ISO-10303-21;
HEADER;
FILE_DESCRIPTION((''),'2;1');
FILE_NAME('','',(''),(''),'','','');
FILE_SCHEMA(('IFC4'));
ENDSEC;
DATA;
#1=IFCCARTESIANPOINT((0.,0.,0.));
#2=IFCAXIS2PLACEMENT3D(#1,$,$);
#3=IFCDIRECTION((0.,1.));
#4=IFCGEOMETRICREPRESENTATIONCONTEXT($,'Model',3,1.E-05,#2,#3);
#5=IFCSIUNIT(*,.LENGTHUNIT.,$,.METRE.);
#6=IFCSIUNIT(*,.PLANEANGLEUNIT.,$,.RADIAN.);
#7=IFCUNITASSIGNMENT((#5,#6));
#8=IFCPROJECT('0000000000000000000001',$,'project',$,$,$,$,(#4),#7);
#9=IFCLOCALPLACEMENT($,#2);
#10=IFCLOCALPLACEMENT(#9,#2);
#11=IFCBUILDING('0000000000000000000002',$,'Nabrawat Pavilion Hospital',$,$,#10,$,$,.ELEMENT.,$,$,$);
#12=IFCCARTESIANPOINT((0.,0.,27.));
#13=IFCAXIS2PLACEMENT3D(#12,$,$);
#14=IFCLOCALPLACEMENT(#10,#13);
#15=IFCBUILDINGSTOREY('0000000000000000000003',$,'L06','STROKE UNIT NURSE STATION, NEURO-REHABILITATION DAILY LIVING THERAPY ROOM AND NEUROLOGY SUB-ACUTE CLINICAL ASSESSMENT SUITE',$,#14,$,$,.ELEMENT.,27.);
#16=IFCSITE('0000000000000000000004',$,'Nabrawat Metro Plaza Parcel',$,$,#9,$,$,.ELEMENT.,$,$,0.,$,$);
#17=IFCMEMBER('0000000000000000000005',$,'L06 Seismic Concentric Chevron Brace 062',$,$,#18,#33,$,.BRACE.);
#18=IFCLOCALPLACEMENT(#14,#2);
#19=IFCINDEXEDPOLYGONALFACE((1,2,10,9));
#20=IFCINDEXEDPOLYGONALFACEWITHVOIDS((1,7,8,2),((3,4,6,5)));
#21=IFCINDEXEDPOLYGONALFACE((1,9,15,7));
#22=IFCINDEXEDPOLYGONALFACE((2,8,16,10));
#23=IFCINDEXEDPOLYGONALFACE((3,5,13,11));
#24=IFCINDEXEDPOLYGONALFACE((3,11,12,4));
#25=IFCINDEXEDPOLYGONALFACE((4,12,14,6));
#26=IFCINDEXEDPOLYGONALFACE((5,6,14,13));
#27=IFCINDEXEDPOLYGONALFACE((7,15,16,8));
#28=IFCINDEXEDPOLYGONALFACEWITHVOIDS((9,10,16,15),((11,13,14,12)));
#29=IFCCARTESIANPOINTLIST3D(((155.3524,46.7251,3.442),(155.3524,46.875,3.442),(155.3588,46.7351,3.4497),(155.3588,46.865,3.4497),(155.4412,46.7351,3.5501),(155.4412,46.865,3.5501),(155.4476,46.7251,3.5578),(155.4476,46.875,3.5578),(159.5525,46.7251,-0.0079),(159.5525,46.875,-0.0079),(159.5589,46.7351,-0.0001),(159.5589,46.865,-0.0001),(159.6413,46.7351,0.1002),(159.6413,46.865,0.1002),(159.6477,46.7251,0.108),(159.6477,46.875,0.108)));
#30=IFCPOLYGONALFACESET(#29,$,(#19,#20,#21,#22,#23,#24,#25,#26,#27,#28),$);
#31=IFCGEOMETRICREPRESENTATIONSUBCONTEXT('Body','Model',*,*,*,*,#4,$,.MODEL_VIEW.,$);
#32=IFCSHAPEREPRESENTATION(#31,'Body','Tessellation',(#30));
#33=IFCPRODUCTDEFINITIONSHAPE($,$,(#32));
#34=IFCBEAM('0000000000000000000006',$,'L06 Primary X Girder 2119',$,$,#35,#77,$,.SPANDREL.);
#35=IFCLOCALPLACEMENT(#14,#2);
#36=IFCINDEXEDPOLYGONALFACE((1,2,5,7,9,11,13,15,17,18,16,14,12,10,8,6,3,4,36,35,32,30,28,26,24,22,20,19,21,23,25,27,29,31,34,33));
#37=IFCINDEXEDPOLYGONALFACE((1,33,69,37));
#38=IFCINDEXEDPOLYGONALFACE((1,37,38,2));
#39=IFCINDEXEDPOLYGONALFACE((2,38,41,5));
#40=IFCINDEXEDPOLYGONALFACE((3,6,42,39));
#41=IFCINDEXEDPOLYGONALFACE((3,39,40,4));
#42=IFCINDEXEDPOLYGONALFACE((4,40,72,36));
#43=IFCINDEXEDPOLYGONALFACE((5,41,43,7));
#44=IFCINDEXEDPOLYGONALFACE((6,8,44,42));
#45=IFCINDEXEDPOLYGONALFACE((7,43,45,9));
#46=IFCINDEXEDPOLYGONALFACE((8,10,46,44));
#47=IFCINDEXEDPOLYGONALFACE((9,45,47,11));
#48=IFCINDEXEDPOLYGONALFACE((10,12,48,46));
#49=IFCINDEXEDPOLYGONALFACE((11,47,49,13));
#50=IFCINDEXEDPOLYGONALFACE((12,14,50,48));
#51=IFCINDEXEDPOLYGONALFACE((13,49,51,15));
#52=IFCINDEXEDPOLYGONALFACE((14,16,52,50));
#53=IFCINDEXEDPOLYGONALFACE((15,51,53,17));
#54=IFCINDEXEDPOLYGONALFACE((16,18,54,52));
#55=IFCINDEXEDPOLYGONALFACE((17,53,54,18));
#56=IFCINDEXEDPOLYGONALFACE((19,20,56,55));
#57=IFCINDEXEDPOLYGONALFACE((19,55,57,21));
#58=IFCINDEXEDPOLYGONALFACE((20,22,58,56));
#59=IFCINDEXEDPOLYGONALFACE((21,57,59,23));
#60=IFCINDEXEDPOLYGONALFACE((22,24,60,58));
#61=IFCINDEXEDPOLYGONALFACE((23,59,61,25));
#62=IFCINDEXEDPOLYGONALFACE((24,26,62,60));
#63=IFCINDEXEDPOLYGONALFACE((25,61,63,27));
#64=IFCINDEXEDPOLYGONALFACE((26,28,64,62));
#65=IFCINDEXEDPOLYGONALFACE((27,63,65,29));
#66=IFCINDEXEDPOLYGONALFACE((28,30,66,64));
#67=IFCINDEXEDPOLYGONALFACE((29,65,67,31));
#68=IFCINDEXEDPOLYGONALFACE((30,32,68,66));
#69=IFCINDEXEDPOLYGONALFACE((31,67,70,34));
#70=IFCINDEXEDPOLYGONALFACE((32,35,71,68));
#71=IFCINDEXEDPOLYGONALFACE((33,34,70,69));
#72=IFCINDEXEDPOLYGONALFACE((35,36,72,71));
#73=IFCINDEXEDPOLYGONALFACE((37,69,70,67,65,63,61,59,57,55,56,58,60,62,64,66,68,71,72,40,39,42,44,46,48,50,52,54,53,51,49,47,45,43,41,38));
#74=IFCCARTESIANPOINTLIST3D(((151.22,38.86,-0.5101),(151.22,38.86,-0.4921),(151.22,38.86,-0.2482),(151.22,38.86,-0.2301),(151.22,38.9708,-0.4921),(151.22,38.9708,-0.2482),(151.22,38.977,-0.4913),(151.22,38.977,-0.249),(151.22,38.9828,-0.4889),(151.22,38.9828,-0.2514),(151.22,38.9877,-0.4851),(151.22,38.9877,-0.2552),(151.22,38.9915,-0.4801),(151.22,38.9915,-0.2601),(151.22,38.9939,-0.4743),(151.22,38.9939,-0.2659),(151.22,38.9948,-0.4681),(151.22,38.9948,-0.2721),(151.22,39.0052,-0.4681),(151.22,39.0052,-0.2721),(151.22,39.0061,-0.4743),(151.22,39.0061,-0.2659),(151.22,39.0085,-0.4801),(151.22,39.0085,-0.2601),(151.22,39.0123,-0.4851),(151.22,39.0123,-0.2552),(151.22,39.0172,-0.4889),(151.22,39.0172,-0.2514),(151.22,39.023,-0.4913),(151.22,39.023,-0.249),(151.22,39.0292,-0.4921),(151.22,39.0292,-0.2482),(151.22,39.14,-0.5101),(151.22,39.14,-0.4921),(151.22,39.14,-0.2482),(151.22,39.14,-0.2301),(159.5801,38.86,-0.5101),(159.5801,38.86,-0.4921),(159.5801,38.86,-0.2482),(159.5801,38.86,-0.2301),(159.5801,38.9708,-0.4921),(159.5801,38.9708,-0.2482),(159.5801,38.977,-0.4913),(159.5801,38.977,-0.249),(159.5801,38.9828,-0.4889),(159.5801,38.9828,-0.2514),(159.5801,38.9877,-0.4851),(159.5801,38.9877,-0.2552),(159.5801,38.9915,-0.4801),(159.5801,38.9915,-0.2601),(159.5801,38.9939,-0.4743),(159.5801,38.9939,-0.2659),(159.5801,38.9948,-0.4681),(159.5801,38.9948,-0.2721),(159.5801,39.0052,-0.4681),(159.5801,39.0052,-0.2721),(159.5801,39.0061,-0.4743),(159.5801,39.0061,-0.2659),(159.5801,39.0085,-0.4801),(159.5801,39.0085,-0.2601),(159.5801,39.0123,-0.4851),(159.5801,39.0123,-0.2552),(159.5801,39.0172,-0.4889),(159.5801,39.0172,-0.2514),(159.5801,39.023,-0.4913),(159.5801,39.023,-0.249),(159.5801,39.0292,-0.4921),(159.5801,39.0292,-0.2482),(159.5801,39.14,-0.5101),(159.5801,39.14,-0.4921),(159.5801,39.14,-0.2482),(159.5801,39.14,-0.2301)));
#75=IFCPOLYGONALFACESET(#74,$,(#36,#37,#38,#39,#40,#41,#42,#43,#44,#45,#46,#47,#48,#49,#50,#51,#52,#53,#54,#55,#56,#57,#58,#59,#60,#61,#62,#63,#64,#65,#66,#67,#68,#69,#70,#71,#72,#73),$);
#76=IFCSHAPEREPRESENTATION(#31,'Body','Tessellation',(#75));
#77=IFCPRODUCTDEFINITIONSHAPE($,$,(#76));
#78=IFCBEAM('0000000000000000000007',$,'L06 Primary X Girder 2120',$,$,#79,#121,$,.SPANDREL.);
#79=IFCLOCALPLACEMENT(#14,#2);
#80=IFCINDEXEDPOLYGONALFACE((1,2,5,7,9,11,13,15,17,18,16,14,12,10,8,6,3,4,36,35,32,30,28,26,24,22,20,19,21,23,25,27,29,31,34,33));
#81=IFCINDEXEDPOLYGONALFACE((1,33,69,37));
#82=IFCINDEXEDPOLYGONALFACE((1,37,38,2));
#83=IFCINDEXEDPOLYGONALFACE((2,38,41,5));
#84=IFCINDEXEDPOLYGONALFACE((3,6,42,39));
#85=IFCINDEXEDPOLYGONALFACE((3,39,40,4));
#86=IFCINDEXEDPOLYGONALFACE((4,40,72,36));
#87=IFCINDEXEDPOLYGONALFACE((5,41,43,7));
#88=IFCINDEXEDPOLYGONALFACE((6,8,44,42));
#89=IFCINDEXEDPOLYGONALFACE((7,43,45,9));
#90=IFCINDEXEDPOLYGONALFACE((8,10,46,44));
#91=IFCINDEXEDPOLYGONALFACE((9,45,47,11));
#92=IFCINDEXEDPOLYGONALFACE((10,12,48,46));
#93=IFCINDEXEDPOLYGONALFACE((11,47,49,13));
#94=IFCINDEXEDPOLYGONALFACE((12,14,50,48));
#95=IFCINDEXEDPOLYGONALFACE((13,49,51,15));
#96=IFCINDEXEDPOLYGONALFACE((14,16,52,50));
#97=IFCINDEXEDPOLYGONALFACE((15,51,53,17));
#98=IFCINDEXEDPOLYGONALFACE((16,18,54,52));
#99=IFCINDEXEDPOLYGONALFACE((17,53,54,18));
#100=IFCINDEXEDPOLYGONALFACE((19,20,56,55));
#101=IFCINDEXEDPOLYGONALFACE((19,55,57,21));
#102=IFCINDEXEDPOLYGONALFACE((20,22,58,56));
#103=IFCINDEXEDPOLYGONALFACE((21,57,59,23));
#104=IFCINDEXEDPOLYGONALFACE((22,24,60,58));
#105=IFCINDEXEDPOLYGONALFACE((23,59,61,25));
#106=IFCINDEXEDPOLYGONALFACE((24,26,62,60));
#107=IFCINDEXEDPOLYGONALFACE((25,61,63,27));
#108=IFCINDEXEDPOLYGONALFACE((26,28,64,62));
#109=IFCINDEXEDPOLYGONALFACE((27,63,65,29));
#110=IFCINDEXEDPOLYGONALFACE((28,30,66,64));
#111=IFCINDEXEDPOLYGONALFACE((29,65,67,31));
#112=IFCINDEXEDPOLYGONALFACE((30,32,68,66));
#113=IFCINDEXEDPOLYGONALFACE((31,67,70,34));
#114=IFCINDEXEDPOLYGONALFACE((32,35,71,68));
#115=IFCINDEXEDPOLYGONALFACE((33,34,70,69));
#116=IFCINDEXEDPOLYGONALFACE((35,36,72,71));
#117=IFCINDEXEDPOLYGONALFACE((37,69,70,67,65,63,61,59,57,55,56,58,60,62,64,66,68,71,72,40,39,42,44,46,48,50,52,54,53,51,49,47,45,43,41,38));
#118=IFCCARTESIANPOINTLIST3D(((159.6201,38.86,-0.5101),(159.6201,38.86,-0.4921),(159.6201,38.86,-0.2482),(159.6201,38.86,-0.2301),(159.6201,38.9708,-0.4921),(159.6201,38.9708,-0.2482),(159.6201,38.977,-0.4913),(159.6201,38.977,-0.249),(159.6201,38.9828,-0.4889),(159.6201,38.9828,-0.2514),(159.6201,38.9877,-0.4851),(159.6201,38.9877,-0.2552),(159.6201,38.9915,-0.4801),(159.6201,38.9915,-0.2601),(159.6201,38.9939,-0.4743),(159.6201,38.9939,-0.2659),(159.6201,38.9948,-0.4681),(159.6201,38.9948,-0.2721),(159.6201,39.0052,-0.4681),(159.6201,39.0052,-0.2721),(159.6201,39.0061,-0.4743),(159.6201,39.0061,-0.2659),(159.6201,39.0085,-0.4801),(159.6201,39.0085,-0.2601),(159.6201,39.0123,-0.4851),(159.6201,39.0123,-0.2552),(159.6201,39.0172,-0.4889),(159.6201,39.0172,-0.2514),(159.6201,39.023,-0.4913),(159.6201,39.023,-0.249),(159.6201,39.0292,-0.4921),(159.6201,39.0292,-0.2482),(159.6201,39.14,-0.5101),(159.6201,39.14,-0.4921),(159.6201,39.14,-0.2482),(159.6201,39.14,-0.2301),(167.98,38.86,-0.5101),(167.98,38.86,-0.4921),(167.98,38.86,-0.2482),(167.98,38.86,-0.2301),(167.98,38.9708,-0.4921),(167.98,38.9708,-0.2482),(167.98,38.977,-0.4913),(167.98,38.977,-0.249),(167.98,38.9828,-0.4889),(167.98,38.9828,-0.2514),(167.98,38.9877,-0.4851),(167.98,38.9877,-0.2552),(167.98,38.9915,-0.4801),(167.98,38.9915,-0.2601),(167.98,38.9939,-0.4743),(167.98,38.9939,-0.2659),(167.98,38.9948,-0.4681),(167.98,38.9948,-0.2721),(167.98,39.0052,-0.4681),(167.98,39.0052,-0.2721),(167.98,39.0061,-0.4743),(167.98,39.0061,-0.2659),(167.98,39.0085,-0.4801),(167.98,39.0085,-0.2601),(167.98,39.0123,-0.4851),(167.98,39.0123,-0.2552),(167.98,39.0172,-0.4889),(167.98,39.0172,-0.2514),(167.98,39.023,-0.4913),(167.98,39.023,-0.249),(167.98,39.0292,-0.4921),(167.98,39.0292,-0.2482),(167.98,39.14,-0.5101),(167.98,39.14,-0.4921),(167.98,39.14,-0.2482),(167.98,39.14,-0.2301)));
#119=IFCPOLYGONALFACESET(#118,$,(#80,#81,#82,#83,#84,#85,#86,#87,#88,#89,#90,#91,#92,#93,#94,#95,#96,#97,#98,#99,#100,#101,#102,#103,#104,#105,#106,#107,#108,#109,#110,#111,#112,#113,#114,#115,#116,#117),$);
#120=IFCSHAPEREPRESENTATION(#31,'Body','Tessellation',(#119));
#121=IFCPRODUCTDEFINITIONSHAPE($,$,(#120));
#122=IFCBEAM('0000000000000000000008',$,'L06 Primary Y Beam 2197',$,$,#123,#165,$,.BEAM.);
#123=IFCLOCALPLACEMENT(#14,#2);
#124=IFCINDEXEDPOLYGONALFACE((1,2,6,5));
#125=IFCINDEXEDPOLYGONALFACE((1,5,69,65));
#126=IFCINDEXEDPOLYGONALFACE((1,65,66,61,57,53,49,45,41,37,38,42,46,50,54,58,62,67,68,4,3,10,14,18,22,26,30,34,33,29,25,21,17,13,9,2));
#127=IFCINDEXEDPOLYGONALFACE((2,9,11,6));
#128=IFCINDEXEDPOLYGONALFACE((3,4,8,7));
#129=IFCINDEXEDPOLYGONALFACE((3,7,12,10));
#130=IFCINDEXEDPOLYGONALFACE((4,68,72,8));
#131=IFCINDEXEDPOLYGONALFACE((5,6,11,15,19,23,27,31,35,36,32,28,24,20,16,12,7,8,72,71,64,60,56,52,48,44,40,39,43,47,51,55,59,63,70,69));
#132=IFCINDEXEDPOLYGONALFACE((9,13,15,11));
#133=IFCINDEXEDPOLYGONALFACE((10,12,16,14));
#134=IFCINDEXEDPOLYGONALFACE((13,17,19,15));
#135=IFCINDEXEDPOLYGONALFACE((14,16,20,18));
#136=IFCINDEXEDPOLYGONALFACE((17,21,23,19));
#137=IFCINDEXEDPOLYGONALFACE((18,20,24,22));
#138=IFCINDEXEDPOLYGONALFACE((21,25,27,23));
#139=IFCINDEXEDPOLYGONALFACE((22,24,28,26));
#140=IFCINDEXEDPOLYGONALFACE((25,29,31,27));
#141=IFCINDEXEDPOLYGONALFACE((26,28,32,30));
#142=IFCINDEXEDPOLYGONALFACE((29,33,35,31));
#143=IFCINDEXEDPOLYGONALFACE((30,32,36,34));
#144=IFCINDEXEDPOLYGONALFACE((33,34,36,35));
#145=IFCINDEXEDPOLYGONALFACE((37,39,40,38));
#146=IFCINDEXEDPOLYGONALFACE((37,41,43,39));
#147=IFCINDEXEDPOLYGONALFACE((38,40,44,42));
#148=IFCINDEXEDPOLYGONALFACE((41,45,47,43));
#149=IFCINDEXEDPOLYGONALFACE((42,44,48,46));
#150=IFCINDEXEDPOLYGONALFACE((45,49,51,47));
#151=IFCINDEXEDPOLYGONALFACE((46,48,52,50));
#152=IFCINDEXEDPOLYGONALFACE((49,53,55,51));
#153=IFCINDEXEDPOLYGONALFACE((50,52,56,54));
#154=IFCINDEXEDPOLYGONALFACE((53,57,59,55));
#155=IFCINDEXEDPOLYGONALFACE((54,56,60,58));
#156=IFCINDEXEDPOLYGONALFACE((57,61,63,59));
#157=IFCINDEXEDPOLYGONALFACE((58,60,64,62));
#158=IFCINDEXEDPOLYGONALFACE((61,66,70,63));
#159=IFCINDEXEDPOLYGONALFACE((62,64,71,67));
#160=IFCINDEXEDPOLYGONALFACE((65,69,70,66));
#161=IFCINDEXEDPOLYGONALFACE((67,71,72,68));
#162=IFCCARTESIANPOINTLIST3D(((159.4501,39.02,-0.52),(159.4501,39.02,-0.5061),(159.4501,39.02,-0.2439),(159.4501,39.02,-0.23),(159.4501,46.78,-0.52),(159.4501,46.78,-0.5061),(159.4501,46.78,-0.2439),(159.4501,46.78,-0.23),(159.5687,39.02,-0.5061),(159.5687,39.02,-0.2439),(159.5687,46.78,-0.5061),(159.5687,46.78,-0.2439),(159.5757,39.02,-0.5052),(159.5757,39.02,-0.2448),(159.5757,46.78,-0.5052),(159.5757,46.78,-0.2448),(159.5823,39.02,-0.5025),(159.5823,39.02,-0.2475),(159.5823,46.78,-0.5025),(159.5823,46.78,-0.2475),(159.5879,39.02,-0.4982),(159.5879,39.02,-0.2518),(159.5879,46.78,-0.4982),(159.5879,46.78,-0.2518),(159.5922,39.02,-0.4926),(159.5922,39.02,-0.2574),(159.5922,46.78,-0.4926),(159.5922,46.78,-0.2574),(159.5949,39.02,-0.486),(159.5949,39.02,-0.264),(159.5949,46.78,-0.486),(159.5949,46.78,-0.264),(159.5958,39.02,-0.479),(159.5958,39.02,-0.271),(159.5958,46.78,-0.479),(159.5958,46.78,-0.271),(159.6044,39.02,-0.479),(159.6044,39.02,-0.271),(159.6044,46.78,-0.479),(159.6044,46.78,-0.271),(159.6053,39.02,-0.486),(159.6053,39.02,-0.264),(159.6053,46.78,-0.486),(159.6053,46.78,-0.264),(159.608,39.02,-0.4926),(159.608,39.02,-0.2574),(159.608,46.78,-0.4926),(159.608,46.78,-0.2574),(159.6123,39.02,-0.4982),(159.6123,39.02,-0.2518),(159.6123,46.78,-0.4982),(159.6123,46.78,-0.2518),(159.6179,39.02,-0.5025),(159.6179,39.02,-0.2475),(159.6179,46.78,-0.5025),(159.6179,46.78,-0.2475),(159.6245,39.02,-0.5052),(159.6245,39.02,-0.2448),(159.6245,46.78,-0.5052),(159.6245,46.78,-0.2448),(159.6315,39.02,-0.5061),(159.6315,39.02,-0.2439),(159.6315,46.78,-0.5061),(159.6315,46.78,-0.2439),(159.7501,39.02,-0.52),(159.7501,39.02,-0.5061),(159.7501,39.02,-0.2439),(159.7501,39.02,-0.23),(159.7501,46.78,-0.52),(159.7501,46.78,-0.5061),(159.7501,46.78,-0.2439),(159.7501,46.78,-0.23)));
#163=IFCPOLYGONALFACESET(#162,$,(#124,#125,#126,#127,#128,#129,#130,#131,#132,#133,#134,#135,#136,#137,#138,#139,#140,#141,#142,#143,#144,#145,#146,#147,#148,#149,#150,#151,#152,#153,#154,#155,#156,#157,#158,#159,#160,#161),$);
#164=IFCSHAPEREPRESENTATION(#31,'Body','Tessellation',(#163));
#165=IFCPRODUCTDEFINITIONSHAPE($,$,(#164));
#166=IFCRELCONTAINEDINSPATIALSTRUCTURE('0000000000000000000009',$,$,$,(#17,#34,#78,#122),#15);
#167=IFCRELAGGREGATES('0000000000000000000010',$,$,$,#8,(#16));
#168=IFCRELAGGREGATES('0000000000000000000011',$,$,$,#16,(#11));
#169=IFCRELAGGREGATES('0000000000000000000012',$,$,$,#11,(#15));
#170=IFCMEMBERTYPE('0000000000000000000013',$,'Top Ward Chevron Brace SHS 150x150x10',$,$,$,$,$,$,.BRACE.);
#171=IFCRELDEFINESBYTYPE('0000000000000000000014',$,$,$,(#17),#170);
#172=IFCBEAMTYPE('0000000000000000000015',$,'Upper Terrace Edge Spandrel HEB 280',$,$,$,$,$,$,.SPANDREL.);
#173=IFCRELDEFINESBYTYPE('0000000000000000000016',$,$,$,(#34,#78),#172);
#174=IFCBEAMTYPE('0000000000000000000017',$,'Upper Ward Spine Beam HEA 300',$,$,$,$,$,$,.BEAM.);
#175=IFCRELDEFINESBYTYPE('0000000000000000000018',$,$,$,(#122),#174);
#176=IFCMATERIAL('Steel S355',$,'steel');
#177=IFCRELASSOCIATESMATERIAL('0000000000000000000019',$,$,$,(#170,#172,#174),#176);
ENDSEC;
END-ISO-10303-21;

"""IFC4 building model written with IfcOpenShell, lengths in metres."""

from ifc_helpers import new_model, si_unit, direction, frame, origin, origin_2d, place, context, subcontext, project, spatial, hollow_rectangle, i_section, extrude, material, material_profile, profile_set, type_object, element, save


model = new_model("IFC4")

# Units and contexts
model_context = context("Model", 3, precision=1e-05, world=origin(), true_north=direction((0.0, 1.0)))
body_context = subcontext(model_context, "Body", "Model", "MODEL_VIEW")
ifc_project = project(units=[si_unit("LENGTHUNIT", "METRE"), si_unit("PLANEANGLEUNIT", "RADIAN")], contexts=[model_context])

# Site, building, storey
site_placement = place(None, origin())
site = spatial("IfcSite", under=ifc_project, at=site_placement, Name="Nabrawat Metro Plaza Parcel", CompositionType="ELEMENT", RefElevation=0.0)
building_placement = place(site_placement, origin())
building = spatial("IfcBuilding", under=site, at=building_placement, Name="Nabrawat Pavilion Hospital", CompositionType="ELEMENT")
storey_placement = place(building_placement, frame((0.0, 0.0, 27.0)))
storey = spatial("IfcBuildingStorey", under=building, at=storey_placement, Name="L06", Description="STROKE UNIT NURSE STATION, NEURO-REHABILITATION DAILY LIVING THERAPY ROOM AND NEUROLOGY SUB-ACUTE CLINICAL ASSESSMENT SUITE", CompositionType="ELEMENT", Elevation=27.0)

# Shared definitions
ifc_material_1 = material(Name="Steel S355", Category="steel")

# Member
ifc_material_profile_1 = material_profile(ifc_material_1, hollow_rectangle(XDim=0.1499, YDim=0.1499, WallThickness=0.01, at=origin_2d()), Name="SHS 150x150x10")
ifc_profile_set_1 = profile_set([ifc_material_profile_1], Name="Steel S355")
member_type_1 = type_object("IfcMemberType", Name="Top Ward Chevron Brace SHS 150x150x10", PredefinedType="BRACE", material=ifc_profile_set_1)
member_1_placement = place(storey_placement, frame((159.6001, 46.8, 0.05), z_axis=(-0.772745, 0.0, 0.634716), x_axis=(0.0, -1.0, 0.0)))
element("IfcMember", 1, at=member_1_placement, inside=storey, type_object=member_type_1, Name="L06 Seismic Concentric Chevron Brace 062", PredefinedType="BRACE", context=body_context, shape_type="SweptSolid", body=[
    extrude(hollow_rectangle(XDim=0.1499, YDim=0.1499, WallThickness=0.01, at=origin_2d()), origin(), (0.0, 0.0, 1.0), 5.4353),
])

# Beams
ifc_material_profile_2 = material_profile(ifc_material_1, i_section(OverallWidth=0.28, OverallDepth=0.28, WebThickness=0.0105, FlangeThickness=0.0181, FilletRadius=0.0239, at=origin_2d()), Name="HEB 280")
ifc_profile_set_2 = profile_set([ifc_material_profile_2], Name="Steel S355")
beam_type_1 = type_object("IfcBeamType", Name="Upper Terrace Edge Spandrel HEB 280", PredefinedType="SPANDREL", material=ifc_profile_set_2)
beam_1_placement = place(storey_placement, frame((151.22, 39.0, -0.3701), z_axis=(1.0, 0.0, 0.0), x_axis=(0.0, 1.0, 0.0)))
element("IfcBeam", 2, at=beam_1_placement, inside=storey, type_object=beam_type_1, Name="L06 Primary X Girder 2119", PredefinedType="SPANDREL", context=body_context, shape_type="SweptSolid", body=[
    extrude(i_section(OverallWidth=0.28, OverallDepth=0.28, WebThickness=0.0105, FlangeThickness=0.0181, FilletRadius=0.0239, at=origin_2d()), origin(), (0.0, 0.0, 1.0), 8.3601),
])
beam_2_placement = place(storey_placement, frame((159.6201, 39.0, -0.3701), z_axis=(1.0, 0.0, 0.0), x_axis=(0.0, 1.0, 0.0)))
element("IfcBeam", 3, at=beam_2_placement, inside=storey, type_object=beam_type_1, Name="L06 Primary X Girder 2120", PredefinedType="SPANDREL", context=body_context, shape_type="SweptSolid", body=[
    extrude(i_section(OverallWidth=0.28, OverallDepth=0.28, WebThickness=0.0105, FlangeThickness=0.0181, FilletRadius=0.0239, at=origin_2d()), origin(), (0.0, 0.0, 1.0), 8.3599),
])
ifc_material_profile_3 = material_profile(ifc_material_1, i_section(OverallWidth=0.3, OverallDepth=0.29, WebThickness=0.0085, FlangeThickness=0.0139, FilletRadius=0.0271, at=origin_2d()), Name="HEA 300")
ifc_profile_set_3 = profile_set([ifc_material_profile_3], Name="Steel S355")
beam_type_2 = type_object("IfcBeamType", Name="Upper Ward Spine Beam HEA 300", PredefinedType="BEAM", material=ifc_profile_set_3)
for number, where, z_axis, x_axis, name in (
    (4, (159.6001, 39.02, -0.375), (0.0, 1.0, 0.0), (-1.0, 0.0, 0.0), "L06 Primary Y Beam 2197"),
):
    element("IfcBeam", number, at=place(storey_placement, frame(where, z_axis=z_axis, x_axis=x_axis)), inside=storey, type_object=beam_type_2, Name=name, PredefinedType="BEAM", context=body_context, shape_type="SweptSolid", body=[
        extrude(i_section(OverallWidth=0.3, OverallDepth=0.29, WebThickness=0.0085, FlangeThickness=0.0139, FilletRadius=0.0271, at=origin_2d()), origin(), (0.0, 0.0, 1.0), 7.76),
    ])

save(model, "model.ifc")
